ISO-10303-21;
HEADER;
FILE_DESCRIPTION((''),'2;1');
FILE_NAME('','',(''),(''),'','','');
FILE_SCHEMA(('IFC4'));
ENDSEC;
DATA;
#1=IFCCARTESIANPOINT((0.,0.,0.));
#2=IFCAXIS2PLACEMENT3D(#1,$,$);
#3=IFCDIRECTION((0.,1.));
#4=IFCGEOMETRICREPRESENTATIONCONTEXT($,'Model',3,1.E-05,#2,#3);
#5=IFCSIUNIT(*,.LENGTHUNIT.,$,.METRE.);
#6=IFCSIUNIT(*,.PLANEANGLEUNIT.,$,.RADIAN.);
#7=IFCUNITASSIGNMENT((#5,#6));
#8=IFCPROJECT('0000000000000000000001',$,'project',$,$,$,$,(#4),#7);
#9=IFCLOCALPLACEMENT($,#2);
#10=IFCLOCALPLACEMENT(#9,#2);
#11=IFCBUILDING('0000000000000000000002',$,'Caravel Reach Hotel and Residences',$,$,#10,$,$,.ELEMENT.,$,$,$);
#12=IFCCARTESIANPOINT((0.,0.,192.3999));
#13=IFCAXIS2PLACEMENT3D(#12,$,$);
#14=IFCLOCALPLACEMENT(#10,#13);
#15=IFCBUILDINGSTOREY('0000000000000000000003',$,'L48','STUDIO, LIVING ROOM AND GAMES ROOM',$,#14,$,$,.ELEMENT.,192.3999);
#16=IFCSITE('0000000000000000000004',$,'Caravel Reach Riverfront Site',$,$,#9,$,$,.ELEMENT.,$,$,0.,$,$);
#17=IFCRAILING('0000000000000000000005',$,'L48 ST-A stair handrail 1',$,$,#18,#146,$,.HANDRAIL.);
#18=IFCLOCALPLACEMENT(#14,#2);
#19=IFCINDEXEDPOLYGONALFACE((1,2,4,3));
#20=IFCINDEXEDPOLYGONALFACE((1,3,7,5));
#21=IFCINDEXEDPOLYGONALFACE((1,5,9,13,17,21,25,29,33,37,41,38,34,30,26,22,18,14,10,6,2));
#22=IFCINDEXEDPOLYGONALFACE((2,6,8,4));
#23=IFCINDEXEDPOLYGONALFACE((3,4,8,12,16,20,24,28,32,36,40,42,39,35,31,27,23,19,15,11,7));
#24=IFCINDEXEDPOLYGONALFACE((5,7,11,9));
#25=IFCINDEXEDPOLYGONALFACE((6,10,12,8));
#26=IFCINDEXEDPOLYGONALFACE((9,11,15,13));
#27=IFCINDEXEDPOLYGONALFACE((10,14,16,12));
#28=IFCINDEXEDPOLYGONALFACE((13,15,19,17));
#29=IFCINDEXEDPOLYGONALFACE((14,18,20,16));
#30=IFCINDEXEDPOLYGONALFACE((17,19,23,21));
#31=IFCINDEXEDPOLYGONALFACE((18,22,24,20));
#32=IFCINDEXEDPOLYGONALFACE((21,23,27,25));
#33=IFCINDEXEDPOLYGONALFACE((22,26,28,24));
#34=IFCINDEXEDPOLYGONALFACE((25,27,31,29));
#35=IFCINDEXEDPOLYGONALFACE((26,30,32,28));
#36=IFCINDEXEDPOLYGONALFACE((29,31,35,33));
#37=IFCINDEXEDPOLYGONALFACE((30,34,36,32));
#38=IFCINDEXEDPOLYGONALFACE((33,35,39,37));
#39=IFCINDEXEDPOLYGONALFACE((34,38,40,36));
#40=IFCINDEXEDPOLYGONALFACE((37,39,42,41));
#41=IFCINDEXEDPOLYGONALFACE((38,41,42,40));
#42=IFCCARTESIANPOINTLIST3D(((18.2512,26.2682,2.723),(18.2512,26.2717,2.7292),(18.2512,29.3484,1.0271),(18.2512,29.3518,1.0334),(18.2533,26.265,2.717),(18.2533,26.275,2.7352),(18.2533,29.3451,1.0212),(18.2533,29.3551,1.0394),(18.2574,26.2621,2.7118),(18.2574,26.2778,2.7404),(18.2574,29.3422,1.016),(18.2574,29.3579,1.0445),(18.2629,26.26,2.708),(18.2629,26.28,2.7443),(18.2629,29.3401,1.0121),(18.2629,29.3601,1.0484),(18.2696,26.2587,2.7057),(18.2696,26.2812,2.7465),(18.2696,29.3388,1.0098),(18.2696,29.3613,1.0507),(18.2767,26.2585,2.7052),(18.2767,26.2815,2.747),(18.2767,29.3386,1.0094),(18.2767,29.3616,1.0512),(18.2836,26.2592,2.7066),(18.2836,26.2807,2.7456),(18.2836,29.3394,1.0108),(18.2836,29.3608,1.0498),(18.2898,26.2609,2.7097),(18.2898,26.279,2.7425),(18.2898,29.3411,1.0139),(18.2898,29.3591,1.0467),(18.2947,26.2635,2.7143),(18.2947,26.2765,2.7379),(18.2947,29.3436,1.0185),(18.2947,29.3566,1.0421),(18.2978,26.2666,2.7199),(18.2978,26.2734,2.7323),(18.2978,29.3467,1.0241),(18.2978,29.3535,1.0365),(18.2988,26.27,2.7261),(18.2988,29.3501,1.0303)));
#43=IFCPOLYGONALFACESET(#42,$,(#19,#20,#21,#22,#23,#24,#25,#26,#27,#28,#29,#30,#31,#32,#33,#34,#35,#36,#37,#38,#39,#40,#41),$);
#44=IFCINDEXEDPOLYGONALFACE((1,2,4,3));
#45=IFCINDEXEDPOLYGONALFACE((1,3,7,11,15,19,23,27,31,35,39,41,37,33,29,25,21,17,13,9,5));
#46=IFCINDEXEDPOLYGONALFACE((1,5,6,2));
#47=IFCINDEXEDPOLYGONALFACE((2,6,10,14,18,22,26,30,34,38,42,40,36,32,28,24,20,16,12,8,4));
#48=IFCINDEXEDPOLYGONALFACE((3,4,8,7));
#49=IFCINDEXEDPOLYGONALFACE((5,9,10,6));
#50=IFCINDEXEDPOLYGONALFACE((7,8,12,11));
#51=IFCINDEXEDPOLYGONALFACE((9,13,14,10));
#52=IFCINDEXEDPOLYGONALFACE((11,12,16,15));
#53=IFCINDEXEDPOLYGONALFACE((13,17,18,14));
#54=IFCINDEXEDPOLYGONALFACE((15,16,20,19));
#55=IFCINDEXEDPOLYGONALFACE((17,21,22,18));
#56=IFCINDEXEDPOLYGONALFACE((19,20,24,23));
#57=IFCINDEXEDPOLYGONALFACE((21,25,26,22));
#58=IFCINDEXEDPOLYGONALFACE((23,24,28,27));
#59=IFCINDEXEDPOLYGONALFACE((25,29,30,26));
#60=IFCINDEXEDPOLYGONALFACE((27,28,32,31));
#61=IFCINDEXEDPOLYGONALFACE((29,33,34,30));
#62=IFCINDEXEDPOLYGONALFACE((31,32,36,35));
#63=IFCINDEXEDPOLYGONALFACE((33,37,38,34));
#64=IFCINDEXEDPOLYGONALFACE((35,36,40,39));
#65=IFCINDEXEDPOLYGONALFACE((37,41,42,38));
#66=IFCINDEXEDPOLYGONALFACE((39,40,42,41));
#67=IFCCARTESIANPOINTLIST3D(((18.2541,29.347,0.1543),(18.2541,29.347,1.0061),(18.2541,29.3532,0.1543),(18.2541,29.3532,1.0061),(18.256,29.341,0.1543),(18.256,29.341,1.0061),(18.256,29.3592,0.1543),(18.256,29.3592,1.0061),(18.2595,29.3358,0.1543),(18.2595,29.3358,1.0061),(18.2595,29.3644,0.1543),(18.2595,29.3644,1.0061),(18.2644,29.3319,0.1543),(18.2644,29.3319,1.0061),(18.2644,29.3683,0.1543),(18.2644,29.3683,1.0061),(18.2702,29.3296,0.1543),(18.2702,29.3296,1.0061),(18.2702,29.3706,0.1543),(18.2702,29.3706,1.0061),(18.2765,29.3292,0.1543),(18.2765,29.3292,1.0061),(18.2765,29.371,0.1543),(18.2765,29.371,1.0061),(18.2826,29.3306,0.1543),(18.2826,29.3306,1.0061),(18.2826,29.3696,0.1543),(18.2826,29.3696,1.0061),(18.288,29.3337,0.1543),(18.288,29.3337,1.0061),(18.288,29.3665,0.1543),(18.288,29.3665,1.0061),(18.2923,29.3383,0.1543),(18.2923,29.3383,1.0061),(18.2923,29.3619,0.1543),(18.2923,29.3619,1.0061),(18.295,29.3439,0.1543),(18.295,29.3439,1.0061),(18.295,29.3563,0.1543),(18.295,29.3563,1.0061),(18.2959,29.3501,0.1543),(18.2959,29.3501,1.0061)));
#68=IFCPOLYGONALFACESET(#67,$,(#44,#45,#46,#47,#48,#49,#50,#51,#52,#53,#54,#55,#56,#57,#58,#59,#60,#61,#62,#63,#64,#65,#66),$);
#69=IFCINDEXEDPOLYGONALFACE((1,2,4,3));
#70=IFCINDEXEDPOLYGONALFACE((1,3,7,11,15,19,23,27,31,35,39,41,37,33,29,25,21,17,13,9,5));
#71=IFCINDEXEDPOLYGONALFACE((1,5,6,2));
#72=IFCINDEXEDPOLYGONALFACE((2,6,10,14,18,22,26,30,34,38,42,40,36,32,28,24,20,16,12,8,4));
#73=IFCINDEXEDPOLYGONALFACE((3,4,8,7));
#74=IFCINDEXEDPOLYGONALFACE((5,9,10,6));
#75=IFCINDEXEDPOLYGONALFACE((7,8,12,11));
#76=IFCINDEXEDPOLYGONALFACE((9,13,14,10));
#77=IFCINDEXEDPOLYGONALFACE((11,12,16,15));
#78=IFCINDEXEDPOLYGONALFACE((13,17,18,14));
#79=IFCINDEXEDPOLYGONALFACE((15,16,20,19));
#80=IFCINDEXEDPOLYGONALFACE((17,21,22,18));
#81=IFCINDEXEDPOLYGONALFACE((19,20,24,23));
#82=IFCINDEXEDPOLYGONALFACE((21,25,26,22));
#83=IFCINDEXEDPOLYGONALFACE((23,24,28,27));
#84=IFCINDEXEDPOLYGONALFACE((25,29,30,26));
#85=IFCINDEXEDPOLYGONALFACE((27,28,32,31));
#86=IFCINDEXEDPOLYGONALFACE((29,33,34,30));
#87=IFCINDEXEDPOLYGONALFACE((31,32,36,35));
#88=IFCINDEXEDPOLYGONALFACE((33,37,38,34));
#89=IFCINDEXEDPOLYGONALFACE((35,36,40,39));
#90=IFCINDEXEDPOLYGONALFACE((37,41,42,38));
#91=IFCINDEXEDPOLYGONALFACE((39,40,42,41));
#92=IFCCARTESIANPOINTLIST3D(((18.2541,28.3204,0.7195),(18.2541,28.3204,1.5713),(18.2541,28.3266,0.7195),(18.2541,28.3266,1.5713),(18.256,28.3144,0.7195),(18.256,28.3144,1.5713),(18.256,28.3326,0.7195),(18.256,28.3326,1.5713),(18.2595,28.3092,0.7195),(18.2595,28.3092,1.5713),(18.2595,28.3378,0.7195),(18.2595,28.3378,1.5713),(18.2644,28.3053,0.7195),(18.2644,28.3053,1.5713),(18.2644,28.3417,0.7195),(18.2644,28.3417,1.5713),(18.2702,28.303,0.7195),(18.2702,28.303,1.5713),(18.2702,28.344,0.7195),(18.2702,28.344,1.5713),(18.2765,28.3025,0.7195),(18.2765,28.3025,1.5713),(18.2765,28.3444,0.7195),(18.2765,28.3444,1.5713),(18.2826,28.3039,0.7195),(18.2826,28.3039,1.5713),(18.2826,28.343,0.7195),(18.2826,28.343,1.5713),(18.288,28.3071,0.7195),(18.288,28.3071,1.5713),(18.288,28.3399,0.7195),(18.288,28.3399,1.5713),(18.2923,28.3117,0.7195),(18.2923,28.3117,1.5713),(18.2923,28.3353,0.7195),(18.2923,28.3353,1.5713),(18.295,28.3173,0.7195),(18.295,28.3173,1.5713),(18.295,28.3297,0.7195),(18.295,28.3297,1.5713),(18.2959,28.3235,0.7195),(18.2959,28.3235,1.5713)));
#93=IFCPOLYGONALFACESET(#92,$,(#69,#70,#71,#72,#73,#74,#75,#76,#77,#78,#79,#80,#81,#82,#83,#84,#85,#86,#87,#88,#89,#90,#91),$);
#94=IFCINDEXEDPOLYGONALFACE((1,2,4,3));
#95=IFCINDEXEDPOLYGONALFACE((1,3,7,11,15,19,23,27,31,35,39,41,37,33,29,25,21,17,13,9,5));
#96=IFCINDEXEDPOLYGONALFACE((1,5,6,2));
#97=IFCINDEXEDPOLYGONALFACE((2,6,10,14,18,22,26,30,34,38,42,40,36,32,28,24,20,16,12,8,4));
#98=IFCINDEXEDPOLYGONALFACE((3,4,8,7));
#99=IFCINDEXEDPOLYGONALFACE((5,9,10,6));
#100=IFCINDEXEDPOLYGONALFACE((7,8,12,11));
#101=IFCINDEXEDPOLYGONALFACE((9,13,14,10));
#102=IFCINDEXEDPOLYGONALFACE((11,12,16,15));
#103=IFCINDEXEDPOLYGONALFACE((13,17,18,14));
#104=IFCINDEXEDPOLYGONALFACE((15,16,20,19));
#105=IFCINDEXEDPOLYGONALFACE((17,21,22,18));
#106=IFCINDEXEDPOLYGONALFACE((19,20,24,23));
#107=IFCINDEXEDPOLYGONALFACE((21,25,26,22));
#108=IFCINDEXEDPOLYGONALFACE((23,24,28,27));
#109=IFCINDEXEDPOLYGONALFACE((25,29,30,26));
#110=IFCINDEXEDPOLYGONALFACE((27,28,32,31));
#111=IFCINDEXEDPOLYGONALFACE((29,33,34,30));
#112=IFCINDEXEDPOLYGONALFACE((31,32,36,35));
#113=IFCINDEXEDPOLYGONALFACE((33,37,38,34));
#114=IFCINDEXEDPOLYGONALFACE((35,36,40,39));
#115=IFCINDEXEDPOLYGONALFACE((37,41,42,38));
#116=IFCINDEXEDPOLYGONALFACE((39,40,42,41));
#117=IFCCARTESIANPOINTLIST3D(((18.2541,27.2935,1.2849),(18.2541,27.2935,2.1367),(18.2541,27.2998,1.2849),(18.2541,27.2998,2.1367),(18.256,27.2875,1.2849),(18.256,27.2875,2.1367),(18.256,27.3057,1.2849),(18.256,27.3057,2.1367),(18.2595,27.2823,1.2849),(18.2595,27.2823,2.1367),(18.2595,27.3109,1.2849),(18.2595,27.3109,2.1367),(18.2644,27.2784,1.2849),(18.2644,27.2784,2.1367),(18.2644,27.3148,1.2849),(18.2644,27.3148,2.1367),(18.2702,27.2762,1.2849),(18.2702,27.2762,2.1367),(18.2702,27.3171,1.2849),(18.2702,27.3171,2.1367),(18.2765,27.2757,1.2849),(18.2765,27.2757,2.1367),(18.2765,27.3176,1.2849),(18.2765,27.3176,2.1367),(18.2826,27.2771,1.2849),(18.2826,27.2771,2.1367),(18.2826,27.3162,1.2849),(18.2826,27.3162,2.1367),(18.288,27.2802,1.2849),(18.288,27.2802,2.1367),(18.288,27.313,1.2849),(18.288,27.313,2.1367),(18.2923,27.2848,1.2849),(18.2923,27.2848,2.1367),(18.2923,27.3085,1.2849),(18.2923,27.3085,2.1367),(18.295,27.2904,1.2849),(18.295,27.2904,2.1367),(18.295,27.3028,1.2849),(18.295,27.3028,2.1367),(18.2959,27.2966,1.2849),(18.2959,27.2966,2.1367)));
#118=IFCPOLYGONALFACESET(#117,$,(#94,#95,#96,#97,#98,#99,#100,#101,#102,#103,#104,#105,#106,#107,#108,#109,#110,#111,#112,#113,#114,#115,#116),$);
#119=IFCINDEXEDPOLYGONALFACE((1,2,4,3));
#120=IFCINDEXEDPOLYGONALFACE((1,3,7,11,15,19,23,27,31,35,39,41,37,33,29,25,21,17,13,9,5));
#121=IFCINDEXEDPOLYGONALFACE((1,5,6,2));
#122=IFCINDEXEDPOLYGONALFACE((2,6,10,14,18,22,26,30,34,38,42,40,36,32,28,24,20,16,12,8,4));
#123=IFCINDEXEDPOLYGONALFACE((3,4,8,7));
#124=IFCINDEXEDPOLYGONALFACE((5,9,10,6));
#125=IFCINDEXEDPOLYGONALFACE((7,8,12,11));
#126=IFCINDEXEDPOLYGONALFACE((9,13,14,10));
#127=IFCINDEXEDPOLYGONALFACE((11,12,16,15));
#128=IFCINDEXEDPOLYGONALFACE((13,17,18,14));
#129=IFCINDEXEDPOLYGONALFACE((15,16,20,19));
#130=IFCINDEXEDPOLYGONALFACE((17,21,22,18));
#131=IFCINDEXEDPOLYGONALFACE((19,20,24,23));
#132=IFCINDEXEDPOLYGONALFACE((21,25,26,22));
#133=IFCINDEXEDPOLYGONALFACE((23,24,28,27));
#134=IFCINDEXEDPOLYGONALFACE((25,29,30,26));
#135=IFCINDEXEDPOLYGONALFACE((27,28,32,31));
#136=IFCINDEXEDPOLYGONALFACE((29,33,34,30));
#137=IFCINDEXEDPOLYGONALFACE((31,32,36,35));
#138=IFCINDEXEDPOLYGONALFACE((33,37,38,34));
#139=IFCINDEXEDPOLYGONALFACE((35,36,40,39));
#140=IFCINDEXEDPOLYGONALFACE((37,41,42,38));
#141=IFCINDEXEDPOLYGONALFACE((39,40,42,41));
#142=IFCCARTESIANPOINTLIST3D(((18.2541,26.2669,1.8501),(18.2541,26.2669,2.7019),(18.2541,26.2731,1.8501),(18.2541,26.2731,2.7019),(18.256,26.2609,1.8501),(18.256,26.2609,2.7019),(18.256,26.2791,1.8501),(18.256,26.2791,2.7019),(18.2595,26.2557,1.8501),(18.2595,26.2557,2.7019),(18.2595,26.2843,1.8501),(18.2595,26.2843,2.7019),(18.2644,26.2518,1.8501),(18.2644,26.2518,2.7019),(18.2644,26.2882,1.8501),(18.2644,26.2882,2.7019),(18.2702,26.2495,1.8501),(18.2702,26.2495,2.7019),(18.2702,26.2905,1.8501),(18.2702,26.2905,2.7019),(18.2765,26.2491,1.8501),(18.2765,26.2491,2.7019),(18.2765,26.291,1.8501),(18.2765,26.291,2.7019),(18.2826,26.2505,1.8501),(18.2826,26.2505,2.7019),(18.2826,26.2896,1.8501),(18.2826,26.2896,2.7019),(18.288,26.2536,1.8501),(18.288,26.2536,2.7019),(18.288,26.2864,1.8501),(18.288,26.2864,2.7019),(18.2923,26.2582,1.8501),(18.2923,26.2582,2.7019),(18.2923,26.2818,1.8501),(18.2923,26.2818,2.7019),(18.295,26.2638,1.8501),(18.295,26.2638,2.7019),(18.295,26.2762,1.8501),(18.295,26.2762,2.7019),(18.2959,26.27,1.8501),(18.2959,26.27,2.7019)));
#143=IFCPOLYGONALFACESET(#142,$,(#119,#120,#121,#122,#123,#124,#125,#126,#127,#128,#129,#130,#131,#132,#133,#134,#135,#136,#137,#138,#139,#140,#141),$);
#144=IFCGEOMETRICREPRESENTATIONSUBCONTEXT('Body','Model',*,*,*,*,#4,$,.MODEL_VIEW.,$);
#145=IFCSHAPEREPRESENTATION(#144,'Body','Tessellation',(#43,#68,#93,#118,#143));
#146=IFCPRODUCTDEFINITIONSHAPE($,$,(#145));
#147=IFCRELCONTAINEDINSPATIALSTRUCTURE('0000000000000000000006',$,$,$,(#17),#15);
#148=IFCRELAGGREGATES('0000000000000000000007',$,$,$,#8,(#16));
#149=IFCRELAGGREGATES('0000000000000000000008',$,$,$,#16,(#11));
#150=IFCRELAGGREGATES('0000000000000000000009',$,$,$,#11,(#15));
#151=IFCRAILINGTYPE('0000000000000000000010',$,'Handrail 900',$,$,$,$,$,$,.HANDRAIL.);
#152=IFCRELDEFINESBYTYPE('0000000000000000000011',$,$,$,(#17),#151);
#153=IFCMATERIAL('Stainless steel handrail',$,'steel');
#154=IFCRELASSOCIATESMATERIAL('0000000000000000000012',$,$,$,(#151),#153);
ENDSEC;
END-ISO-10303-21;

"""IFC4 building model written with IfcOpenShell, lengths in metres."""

from ifc_helpers import new_model, si_unit, direction, frame, origin, origin_2d, place, context, subcontext, project, spatial, circle, extrude, material, type_object, element, save


model = new_model("IFC4")

# Units and contexts
model_context = context("Model", 3, precision=1e-05, world=origin(), true_north=direction((0.0, 1.0)))
body_context = subcontext(model_context, "Body", "Model", "MODEL_VIEW")
ifc_project = project(units=[si_unit("LENGTHUNIT", "METRE"), si_unit("PLANEANGLEUNIT", "RADIAN")], contexts=[model_context])

# Site, building, storey
site_placement = place(None, origin())
site = spatial("IfcSite", under=ifc_project, at=site_placement, Name="Caravel Reach Riverfront Site", CompositionType="ELEMENT", RefElevation=0.0)
building_placement = place(site_placement, origin())
building = spatial("IfcBuilding", under=site, at=building_placement, Name="Caravel Reach Hotel and Residences", CompositionType="ELEMENT")
storey_placement = place(building_placement, frame((0.0, 0.0, 192.3999)))
storey = spatial("IfcBuildingStorey", under=building, at=storey_placement, Name="L48", Description="STUDIO, LIVING ROOM AND GAMES ROOM", CompositionType="ELEMENT", Elevation=192.3999)

# Railing
ifc_material_1 = material(Name="Stainless steel handrail", Category="steel")
railing_type = type_object("IfcRailingType", Name="Handrail 900", PredefinedType="HANDRAIL", material=ifc_material_1)
railing_placement = place(storey_placement, frame((18.2749, 29.3501, 0.1543)))
element("IfcRailing", 1, at=railing_placement, inside=storey, type_object=railing_type, Name="L48 ST-A stair handrail 1", PredefinedType="HANDRAIL", context=body_context, shape_type="SweptSolid", body=[
    extrude(circle(Radius=0.0239, at=origin_2d()), frame((0.0, 0.0, 0.876), z_axis=(0.0, -0.876005, 0.482303), x_axis=(1.0, 0.0, 0.0)), (0.0, 0.0, 1.0), 3.5161),
    extrude(circle(Radius=0.021, at=origin_2d()), origin(), (0.0, 0.0, 1.0), 0.8518),
    extrude(circle(Radius=0.021, at=origin_2d()), frame((0.0, -1.0266, 0.5652)), (0.0, 0.0, 1.0), 0.8518),
    extrude(circle(Radius=0.021, at=origin_2d()), frame((0.0, -2.0535, 1.1306)), (0.0, 0.0, 1.0), 0.8518),
    extrude(circle(Radius=0.021, at=origin_2d()), frame((0.0, -3.0801, 1.6958)), (0.0, 0.0, 1.0), 0.8518),
])

save(model, "model.ifc")
